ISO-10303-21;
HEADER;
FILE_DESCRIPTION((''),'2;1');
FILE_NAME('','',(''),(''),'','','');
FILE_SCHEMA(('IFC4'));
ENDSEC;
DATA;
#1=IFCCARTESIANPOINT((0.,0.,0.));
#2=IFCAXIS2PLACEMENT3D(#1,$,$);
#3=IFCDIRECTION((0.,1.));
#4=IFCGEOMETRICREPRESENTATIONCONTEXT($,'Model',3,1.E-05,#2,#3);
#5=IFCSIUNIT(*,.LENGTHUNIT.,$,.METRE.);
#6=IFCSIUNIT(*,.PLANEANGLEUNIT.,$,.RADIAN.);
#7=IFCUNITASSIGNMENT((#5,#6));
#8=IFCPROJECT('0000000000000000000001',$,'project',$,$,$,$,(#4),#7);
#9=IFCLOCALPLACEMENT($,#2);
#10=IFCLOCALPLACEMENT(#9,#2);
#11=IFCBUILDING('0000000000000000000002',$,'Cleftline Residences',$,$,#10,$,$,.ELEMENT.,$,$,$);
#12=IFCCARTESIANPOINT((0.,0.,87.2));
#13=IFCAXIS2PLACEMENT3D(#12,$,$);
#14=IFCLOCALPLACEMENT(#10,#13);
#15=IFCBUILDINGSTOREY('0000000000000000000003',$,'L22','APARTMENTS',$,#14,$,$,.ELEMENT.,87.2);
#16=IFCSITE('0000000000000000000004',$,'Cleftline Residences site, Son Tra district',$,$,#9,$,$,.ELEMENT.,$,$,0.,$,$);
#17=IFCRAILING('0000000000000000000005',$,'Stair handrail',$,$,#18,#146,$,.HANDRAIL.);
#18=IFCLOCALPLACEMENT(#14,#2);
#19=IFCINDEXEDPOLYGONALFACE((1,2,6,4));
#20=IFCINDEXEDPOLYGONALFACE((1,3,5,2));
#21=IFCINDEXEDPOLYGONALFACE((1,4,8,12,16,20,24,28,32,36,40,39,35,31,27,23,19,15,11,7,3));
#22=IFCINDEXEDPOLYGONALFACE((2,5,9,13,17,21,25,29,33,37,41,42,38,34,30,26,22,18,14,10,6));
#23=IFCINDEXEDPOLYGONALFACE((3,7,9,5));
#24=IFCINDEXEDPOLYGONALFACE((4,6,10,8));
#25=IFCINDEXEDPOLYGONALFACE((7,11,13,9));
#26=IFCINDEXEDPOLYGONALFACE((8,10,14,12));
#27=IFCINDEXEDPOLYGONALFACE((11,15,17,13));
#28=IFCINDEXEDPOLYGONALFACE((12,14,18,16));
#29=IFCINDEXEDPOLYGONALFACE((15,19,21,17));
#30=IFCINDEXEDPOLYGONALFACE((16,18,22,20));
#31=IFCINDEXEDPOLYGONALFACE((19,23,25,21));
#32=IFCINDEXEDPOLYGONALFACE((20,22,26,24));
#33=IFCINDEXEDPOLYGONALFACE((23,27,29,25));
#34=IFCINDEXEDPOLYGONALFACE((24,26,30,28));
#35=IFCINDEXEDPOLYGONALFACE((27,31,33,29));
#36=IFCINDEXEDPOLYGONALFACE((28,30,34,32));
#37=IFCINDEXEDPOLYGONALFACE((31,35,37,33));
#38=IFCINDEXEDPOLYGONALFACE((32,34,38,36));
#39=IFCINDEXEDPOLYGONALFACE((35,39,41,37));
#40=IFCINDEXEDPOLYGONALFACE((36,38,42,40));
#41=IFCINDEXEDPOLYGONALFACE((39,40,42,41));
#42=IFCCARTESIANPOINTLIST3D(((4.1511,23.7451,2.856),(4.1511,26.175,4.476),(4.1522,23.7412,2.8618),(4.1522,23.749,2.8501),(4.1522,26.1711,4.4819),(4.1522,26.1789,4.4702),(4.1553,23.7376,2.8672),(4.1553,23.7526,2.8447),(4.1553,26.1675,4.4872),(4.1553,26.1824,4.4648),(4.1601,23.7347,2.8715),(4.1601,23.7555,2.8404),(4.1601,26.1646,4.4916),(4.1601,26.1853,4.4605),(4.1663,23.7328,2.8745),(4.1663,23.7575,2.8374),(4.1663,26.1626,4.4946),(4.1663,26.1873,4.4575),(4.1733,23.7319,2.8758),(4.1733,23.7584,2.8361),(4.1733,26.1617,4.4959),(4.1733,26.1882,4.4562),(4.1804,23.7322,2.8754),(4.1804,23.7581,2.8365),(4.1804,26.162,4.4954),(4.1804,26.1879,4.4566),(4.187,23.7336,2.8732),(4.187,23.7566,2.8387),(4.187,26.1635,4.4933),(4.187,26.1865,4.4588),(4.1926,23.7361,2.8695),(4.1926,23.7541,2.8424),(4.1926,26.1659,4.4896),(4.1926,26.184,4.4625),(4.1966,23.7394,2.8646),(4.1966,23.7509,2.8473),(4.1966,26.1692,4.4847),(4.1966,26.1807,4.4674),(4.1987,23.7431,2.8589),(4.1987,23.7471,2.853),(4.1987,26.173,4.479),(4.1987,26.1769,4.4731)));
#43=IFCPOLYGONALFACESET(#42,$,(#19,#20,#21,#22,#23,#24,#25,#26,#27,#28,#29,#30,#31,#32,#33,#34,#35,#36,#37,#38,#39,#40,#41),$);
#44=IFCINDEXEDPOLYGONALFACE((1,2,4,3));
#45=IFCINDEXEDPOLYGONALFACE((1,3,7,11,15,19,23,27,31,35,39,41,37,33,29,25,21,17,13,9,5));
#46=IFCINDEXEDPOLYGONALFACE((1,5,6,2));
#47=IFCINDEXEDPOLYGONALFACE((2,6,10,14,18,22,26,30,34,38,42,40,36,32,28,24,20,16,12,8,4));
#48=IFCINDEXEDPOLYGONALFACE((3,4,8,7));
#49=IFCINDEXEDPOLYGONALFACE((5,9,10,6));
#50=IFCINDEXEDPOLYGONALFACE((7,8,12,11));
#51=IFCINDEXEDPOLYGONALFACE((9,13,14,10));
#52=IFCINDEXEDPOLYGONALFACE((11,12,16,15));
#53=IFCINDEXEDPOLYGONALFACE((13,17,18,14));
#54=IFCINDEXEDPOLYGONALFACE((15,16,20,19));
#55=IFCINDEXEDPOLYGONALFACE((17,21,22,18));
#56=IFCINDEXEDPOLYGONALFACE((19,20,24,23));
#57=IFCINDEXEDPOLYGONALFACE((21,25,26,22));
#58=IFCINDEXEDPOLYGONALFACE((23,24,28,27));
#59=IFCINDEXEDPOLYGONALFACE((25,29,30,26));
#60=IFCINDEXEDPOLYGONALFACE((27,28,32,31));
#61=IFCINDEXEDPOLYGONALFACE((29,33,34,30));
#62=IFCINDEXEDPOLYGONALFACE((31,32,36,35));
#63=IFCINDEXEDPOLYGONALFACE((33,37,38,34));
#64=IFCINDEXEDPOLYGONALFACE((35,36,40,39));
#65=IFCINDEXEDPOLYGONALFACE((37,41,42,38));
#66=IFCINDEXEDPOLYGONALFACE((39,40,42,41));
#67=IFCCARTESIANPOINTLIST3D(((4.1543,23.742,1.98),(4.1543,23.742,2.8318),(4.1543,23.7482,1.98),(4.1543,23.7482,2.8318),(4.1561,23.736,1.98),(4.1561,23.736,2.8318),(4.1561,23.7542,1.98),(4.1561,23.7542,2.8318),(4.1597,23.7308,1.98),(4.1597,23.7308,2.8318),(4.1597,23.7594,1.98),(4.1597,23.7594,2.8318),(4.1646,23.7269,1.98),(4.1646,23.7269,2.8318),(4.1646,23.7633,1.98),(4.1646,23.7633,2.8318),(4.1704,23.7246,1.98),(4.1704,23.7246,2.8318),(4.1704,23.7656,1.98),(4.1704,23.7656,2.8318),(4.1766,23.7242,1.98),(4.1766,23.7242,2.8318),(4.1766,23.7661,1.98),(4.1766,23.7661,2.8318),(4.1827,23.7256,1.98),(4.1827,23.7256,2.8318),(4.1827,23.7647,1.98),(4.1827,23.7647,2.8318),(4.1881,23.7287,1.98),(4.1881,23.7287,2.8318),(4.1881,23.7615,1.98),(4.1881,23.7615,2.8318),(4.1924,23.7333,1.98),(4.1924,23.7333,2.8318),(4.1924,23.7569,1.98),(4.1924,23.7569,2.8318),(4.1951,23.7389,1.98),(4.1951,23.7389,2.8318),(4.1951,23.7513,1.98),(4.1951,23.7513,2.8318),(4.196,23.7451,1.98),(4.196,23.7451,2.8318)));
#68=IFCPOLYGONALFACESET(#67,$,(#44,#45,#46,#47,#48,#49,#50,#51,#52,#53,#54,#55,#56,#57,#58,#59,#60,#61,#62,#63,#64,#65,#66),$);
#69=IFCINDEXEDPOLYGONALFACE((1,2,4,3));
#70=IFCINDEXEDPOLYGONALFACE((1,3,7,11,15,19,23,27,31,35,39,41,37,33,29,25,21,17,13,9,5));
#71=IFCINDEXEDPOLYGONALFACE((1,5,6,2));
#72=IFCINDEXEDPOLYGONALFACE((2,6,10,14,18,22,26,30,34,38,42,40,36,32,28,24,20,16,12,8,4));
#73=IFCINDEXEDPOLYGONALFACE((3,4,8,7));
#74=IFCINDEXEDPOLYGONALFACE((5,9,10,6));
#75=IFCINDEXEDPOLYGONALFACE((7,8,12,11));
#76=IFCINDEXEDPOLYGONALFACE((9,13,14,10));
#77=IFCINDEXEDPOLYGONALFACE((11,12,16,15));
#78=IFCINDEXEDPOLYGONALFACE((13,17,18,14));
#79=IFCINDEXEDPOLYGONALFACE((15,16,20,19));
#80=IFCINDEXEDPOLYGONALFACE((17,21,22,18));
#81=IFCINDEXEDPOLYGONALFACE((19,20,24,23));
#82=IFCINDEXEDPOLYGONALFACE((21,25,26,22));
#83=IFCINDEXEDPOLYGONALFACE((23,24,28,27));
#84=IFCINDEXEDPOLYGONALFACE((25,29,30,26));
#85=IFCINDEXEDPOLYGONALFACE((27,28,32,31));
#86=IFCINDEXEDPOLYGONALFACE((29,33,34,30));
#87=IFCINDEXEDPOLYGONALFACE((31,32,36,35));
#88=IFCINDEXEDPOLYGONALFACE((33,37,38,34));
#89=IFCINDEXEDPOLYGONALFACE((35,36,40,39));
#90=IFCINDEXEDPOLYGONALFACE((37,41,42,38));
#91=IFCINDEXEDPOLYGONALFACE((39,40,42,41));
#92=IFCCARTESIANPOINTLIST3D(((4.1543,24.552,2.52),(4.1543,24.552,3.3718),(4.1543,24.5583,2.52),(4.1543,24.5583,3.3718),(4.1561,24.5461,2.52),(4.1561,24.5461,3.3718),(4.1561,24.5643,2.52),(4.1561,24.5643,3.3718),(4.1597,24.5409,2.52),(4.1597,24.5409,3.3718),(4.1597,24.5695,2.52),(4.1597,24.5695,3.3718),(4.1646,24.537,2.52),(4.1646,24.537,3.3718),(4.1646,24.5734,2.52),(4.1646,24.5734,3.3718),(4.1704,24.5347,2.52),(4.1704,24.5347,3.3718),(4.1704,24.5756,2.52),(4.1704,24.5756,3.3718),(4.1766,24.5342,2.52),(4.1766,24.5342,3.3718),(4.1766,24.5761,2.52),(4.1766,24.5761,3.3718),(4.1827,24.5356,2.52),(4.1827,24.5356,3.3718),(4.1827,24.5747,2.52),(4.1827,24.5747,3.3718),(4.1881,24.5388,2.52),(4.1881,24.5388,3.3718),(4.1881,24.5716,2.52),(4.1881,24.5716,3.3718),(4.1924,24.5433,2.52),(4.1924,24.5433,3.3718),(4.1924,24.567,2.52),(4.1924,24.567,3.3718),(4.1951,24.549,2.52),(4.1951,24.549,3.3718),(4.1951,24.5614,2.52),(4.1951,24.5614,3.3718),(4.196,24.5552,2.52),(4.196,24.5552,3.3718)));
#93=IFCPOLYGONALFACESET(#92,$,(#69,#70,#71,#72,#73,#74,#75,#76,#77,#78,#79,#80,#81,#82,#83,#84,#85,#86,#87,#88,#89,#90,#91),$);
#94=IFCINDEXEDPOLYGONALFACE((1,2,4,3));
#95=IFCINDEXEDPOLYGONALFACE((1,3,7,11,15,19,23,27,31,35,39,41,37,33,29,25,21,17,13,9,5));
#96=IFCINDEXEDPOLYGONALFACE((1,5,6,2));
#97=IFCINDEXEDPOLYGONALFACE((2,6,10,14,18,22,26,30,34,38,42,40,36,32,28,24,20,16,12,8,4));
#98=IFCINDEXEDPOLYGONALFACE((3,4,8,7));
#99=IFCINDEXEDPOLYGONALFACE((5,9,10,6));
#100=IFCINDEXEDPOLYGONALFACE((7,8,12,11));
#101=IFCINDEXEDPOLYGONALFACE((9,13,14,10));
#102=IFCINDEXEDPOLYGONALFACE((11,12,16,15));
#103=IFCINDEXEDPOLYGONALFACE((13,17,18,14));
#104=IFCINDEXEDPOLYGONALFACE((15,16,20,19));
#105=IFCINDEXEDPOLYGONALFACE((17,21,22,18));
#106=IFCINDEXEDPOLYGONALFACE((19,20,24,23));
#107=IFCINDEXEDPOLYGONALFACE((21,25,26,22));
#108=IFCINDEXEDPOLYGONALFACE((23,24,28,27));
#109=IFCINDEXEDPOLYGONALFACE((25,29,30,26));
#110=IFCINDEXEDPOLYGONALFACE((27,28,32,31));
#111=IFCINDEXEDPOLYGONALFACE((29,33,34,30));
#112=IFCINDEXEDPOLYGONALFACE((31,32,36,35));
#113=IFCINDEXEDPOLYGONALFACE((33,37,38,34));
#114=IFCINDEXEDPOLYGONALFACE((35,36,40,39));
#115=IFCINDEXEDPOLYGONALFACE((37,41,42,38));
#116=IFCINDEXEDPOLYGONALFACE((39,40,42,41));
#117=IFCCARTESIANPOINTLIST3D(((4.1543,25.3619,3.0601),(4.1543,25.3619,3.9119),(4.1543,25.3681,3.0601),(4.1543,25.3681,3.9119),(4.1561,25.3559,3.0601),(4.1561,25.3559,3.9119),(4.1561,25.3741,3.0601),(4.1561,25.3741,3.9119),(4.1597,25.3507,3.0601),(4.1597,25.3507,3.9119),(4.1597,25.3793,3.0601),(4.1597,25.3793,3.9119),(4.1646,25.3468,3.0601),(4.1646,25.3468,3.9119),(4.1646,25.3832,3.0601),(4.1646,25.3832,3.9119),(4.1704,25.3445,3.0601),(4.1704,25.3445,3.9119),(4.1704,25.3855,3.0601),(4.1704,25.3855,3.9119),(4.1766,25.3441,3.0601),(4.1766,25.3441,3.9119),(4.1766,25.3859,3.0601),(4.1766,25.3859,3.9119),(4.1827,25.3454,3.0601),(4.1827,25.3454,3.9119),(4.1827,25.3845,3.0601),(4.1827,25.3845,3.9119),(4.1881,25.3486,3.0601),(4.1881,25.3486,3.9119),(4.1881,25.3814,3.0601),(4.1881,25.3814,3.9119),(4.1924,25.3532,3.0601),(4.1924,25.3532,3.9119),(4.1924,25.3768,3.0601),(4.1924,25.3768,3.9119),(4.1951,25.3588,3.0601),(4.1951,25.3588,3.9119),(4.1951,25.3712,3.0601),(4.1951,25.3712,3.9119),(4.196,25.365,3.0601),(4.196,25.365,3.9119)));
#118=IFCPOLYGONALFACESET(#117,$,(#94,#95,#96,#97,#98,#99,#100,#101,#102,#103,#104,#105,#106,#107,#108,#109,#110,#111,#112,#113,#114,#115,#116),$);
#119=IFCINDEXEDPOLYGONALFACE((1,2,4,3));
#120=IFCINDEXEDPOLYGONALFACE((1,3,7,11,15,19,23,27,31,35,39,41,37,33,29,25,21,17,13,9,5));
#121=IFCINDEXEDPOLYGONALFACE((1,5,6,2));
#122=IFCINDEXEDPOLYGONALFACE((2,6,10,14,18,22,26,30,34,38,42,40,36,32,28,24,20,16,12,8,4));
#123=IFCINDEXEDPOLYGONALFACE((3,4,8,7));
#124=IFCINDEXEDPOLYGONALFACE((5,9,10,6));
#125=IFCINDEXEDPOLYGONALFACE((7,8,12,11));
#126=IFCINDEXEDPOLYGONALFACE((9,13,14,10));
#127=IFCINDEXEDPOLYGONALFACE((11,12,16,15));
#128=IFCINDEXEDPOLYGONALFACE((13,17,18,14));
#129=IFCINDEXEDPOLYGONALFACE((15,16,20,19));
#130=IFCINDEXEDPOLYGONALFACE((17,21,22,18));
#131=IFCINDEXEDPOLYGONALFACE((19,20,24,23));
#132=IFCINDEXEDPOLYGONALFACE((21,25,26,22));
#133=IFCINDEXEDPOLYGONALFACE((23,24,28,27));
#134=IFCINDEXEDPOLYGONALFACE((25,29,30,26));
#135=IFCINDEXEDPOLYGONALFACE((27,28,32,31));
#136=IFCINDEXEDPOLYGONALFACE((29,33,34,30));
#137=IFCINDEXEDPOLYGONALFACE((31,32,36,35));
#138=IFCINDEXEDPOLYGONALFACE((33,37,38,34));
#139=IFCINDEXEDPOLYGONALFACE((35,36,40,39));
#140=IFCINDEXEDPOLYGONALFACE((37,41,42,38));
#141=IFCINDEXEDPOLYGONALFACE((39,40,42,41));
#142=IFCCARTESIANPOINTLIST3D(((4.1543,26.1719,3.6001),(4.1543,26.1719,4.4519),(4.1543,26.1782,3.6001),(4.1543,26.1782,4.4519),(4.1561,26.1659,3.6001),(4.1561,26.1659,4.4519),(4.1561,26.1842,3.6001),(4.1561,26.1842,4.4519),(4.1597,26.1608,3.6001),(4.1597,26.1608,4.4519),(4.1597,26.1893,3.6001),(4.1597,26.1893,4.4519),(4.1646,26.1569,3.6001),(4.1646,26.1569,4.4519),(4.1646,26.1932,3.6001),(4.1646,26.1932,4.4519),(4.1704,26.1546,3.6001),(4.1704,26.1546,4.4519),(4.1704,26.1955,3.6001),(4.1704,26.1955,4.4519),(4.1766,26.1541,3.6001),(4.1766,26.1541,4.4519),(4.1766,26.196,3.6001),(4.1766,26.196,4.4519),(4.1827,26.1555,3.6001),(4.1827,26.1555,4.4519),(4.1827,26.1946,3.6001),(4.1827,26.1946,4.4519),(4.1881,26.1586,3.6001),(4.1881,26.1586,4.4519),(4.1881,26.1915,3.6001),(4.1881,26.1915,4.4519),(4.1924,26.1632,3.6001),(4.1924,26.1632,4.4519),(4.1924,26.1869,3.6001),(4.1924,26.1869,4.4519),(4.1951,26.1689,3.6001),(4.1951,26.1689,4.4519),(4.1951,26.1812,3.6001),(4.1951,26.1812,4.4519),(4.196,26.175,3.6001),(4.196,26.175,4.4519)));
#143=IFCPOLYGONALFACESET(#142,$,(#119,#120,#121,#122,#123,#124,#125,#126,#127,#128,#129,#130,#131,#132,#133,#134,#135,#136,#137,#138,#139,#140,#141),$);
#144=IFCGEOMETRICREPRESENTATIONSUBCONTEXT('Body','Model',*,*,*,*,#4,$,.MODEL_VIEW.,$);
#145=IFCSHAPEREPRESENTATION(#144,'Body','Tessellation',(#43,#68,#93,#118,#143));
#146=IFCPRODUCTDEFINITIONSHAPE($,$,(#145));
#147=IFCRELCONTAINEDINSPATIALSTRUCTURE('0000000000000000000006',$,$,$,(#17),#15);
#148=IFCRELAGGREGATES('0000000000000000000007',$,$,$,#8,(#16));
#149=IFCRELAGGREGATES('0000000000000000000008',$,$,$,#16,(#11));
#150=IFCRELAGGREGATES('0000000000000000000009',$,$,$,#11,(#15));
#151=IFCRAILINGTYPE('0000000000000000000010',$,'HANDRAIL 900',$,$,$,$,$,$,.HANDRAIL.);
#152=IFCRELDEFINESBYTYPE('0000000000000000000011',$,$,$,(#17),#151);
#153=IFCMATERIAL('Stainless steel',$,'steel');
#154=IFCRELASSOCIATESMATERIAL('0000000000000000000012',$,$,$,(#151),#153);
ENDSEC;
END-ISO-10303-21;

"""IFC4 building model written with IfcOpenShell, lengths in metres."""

from ifc_helpers import new_model, si_unit, direction, frame, origin, origin_2d, place, context, subcontext, project, spatial, circle, extrude, material, type_object, element, save


model = new_model("IFC4")

# Units and contexts
model_context = context("Model", 3, precision=1e-05, world=origin(), true_north=direction((0.0, 1.0)))
body_context = subcontext(model_context, "Body", "Model", "MODEL_VIEW")
ifc_project = project(units=[si_unit("LENGTHUNIT", "METRE"), si_unit("PLANEANGLEUNIT", "RADIAN")], contexts=[model_context])

# Site, building, storey
site_placement = place(None, origin())
site = spatial("IfcSite", under=ifc_project, at=site_placement, Name="Cleftline Residences site, Son Tra district", CompositionType="ELEMENT", RefElevation=0.0)
building_placement = place(site_placement, origin())
building = spatial("IfcBuilding", under=site, at=building_placement, Name="Cleftline Residences", CompositionType="ELEMENT")
storey_placement = place(building_placement, frame((0.0, 0.0, 87.2)))
storey = spatial("IfcBuildingStorey", under=building, at=storey_placement, Name="L22", Description="APARTMENTS", CompositionType="ELEMENT", Elevation=87.2)

# Railing
ifc_material_1 = material(Name="Stainless steel", Category="steel")
railing_type = type_object("IfcRailingType", Name="HANDRAIL 900", PredefinedType="HANDRAIL", material=ifc_material_1)
railing_1_placement = place(storey_placement, frame((4.175, 23.7451, 1.98)))
element("IfcRailing", 1, at=railing_1_placement, inside=storey, type_object=railing_type, Name="Stair handrail", PredefinedType="HANDRAIL", context=body_context, shape_type="SweptSolid", body=[
    extrude(circle(Radius=0.0239, at=origin_2d()), frame((0.0, 0.0, 0.876), z_axis=(0.0, 0.832025, 0.554739), x_axis=(-1.0, 0.0, 0.0)), (0.0, 0.0, 1.0), 2.9204),
    extrude(circle(Radius=0.021, at=origin_2d()), origin(), (0.0, 0.0, 1.0), 0.8518),
    extrude(circle(Radius=0.021, at=origin_2d()), frame((0.0, 0.8101, 0.54)), (0.0, 0.0, 1.0), 0.8518),
    extrude(circle(Radius=0.021, at=origin_2d()), frame((0.0, 1.6199, 1.0801)), (0.0, 0.0, 1.0), 0.8518),
    extrude(circle(Radius=0.021, at=origin_2d()), frame((0.0, 2.4299, 1.6201)), (0.0, 0.0, 1.0), 0.8518),
])

save(model, "model.ifc")
